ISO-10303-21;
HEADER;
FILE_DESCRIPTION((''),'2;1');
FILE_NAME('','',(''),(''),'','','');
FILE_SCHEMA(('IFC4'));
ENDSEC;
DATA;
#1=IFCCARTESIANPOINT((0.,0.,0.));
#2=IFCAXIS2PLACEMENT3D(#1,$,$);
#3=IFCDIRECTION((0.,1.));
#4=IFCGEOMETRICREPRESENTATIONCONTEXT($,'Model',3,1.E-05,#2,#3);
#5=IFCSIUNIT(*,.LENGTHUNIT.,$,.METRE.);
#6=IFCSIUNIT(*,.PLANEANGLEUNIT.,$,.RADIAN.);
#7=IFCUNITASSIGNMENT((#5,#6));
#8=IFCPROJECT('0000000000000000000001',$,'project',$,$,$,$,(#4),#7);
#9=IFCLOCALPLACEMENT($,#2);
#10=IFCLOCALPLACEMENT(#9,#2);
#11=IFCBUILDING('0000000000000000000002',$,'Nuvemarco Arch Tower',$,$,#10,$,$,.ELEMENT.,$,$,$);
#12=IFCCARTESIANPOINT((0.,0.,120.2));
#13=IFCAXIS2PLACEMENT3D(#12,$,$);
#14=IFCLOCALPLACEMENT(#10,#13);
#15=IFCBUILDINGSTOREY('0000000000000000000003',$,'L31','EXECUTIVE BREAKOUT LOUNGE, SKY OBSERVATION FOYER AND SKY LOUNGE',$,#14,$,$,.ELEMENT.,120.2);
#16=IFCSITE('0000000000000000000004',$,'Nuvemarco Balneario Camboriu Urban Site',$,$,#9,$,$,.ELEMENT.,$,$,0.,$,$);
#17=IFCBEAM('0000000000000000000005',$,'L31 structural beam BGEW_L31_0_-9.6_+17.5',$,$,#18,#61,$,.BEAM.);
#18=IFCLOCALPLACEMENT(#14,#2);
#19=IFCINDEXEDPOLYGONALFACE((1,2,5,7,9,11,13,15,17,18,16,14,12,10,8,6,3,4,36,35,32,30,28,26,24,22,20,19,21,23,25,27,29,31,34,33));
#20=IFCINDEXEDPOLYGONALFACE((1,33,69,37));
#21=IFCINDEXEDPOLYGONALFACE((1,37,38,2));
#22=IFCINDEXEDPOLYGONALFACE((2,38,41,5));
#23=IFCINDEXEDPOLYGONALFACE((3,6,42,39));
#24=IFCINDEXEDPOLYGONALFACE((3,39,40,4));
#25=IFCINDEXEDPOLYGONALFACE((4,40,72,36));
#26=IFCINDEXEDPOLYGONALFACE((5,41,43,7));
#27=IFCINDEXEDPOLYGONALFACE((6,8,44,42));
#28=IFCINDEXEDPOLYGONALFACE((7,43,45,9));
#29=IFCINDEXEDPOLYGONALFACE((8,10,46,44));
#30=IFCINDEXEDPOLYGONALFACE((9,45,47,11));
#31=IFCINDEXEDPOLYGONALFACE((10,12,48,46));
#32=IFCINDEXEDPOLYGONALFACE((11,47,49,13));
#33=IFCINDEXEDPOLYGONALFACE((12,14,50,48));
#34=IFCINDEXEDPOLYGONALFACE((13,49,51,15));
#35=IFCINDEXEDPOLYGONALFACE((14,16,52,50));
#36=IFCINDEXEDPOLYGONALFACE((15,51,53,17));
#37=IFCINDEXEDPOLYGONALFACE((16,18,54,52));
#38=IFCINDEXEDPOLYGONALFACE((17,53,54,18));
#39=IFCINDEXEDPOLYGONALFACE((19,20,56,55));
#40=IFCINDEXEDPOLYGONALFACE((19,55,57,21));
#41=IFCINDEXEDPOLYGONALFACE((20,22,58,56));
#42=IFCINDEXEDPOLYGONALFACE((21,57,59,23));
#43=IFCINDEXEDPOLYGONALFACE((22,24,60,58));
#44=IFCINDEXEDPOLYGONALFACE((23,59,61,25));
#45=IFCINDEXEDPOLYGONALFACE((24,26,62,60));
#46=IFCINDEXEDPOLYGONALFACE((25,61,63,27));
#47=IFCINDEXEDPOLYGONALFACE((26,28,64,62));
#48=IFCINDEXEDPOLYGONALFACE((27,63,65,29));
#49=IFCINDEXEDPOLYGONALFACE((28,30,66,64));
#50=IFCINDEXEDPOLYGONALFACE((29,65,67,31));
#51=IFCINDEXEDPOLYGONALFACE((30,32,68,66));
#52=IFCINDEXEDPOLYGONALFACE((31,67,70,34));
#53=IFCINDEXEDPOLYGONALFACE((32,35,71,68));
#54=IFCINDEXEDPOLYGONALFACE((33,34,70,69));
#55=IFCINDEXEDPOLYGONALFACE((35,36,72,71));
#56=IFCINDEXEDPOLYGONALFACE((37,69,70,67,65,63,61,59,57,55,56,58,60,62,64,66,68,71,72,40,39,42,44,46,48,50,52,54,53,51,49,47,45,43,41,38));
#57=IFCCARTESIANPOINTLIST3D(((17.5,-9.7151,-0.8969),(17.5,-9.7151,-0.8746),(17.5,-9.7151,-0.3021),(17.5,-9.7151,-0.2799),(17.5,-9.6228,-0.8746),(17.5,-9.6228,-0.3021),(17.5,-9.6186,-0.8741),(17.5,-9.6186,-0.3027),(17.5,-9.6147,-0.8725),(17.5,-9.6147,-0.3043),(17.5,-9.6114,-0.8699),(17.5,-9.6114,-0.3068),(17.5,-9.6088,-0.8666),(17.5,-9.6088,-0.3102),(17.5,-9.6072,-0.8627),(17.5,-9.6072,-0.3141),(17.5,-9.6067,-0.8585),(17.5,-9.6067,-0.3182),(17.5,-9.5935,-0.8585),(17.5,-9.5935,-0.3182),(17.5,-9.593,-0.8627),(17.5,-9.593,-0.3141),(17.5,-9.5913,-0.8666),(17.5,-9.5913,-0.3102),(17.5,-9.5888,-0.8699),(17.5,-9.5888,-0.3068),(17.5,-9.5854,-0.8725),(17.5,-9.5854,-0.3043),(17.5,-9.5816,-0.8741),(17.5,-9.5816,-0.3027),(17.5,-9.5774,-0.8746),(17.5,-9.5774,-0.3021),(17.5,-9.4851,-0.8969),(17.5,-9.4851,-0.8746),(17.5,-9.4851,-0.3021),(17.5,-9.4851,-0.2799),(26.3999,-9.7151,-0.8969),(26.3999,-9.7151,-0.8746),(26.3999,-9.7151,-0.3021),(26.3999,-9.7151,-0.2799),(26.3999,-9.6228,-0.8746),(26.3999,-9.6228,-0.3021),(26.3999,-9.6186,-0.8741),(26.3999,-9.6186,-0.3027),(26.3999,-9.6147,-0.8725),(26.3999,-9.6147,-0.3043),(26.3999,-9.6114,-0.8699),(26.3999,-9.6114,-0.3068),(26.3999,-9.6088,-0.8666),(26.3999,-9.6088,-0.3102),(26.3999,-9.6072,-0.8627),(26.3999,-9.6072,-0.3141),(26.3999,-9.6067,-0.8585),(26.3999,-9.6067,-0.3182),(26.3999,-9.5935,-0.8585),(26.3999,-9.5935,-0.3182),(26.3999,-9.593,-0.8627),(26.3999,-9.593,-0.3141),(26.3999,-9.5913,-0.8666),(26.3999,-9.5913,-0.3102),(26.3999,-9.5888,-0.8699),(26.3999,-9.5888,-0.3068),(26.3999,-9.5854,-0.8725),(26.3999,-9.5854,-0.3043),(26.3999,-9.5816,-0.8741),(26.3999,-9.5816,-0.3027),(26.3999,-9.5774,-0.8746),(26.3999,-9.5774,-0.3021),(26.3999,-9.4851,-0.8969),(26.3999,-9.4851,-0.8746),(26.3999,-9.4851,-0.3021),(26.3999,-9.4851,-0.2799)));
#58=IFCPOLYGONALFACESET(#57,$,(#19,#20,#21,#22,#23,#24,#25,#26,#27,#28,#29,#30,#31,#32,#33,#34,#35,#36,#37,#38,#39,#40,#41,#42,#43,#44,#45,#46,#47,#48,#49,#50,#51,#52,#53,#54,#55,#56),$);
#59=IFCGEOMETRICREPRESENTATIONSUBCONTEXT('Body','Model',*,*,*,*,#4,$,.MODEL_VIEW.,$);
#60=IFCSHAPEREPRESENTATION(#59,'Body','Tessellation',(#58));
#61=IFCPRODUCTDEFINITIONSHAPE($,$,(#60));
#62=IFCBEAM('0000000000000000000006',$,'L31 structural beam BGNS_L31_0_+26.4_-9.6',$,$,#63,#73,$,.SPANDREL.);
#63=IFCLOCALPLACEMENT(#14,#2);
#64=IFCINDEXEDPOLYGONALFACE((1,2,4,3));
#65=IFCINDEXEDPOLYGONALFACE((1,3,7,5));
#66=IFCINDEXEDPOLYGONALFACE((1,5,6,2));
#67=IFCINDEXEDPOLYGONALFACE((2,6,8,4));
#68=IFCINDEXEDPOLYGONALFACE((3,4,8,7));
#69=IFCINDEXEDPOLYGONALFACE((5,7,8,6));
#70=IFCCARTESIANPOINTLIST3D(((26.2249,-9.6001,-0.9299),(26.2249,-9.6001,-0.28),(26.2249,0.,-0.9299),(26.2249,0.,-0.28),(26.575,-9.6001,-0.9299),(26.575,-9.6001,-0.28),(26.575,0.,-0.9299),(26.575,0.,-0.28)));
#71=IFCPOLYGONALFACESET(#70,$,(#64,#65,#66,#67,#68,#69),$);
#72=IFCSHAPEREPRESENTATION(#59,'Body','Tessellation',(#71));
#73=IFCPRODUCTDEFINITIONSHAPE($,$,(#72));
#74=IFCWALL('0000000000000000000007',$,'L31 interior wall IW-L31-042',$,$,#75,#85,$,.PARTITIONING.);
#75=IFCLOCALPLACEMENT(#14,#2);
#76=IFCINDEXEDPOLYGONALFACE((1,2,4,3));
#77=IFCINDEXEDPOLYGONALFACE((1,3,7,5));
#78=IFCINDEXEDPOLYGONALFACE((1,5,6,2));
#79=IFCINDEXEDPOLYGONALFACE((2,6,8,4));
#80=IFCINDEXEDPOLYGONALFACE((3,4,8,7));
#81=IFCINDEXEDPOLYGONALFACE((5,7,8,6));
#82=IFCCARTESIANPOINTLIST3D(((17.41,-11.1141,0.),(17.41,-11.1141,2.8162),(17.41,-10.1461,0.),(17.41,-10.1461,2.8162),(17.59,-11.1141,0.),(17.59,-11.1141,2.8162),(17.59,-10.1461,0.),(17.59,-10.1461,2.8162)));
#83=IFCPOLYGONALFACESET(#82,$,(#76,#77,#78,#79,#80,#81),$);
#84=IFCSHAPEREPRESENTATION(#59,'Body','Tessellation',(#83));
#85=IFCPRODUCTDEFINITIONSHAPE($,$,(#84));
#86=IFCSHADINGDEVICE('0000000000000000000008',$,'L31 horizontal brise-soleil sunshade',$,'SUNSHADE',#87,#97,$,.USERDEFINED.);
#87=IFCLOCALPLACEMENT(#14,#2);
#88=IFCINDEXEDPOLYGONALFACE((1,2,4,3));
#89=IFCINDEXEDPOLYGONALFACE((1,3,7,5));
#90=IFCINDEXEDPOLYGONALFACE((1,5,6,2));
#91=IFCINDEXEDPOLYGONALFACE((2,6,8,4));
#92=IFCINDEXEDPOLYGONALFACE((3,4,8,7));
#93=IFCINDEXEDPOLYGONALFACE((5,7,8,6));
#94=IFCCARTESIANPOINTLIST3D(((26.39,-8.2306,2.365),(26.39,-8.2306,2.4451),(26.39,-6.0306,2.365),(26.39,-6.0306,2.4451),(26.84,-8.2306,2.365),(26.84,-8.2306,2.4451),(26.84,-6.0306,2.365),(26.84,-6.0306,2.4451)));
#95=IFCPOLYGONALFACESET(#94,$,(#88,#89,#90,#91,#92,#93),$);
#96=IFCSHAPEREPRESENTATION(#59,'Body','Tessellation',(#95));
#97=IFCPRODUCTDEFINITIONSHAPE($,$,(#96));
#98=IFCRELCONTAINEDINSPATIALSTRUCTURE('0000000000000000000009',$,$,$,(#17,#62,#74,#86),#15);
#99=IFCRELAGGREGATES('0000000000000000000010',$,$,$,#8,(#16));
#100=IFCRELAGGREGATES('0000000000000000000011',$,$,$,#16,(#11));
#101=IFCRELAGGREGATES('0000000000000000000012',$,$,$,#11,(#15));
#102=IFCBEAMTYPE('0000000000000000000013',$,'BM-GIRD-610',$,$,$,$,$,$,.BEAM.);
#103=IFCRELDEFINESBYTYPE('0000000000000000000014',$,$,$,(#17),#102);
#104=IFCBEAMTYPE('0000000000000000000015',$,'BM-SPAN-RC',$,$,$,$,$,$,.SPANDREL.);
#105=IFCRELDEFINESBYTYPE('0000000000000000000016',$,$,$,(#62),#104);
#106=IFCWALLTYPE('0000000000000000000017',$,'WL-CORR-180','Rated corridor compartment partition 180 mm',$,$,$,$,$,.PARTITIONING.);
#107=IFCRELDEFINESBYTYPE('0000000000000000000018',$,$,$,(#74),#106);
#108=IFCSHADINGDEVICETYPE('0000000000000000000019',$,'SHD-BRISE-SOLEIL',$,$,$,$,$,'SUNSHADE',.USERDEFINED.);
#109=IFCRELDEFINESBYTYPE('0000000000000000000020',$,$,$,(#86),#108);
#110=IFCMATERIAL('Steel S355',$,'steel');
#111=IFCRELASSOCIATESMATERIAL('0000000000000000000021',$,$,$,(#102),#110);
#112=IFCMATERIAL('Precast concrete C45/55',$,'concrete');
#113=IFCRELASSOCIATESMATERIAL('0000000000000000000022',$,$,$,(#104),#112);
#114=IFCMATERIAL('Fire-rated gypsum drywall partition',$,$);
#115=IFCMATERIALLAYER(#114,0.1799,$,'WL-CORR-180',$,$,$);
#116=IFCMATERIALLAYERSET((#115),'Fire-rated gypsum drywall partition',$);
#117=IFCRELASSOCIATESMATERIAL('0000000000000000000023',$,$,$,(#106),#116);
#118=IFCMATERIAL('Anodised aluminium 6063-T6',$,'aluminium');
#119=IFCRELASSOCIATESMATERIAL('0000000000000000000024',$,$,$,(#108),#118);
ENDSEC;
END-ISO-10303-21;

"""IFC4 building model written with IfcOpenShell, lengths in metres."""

from ifc_helpers import new_model, si_unit, direction, frame, frame_2d, origin, origin_2d, place, context, subcontext, project, spatial, rectangle, i_section, extrude, source, transform, mapped, material, layer, layer_set, material_profile, profile_set, type_object, type_shapes, element, save


model = new_model("IFC4")

# Units and contexts
model_context = context("Model", 3, precision=1e-05, world=origin(), true_north=direction((0.0, 1.0)))
body_context = subcontext(model_context, "Body", "Model", "MODEL_VIEW")
ifc_project = project(units=[si_unit("LENGTHUNIT", "METRE"), si_unit("PLANEANGLEUNIT", "RADIAN")], contexts=[model_context])

# Site, building, storey
site_placement = place(None, origin())
site = spatial("IfcSite", under=ifc_project, at=site_placement, Name="Nuvemarco Balneario Camboriu Urban Site", CompositionType="ELEMENT", RefElevation=0.0)
building_placement = place(site_placement, origin())
building = spatial("IfcBuilding", under=site, at=building_placement, Name="Nuvemarco Arch Tower", CompositionType="ELEMENT")
storey_placement = place(building_placement, frame((0.0, 0.0, 120.2)))
storey = spatial("IfcBuildingStorey", under=building, at=storey_placement, Name="L31", Description="EXECUTIVE BREAKOUT LOUNGE, SKY OBSERVATION FOYER AND SKY LOUNGE", CompositionType="ELEMENT", Elevation=120.2)

# Shared definitions
ifc_material_1 = material(Name="Steel S355", Category="steel")

# Beams
ifc_material_profile_1 = material_profile(ifc_material_1, i_section(OverallWidth=0.23, OverallDepth=0.6169, WebThickness=0.0132, FlangeThickness=0.0222, FilletRadius=0.0161, at=origin_2d()), Name="W610x140")
ifc_profile_set_1 = profile_set([ifc_material_profile_1], Name="Steel S355")
beam_type_1 = type_object("IfcBeamType", Name="BM-GIRD-610", PredefinedType="BEAM", material=ifc_profile_set_1)
beam_1_placement = place(storey_placement, frame((17.5, -9.6001, -0.5884), z_axis=(1.0, 0.0, 0.0), x_axis=(0.0, 1.0, 0.0)))
element("IfcBeam", 1, at=beam_1_placement, inside=storey, type_object=beam_type_1, Name="L31 structural beam BGEW_L31_0_-9.6_+17.5", PredefinedType="BEAM", context=body_context, shape_type="SweptSolid", body=[
    extrude(i_section(OverallWidth=0.23, OverallDepth=0.6169, WebThickness=0.0132, FlangeThickness=0.0222, FilletRadius=0.0161, at=origin_2d()), origin(), (0.0, 0.0, 1.0), 8.8999),
])
ifc_material_2 = material(Name="Precast concrete C45/55", Category="concrete")
ifc_material_profile_2 = material_profile(ifc_material_2, rectangle(XDim=0.3501, YDim=0.6499, at=origin_2d()), Name="PC-SP-350x650")
ifc_profile_set_2 = profile_set([ifc_material_profile_2], Name="Precast concrete C45/55")
beam_type_2 = type_object("IfcBeamType", Name="BM-SPAN-RC", PredefinedType="SPANDREL", material=ifc_profile_set_2)
beam_2_placement = place(storey_placement, frame((26.3999, -9.6001, -0.605), z_axis=(0.0, 1.0, 0.0), x_axis=(-1.0, 0.0, 0.0)))
element("IfcBeam", 2, at=beam_2_placement, inside=storey, type_object=beam_type_2, Name="L31 structural beam BGNS_L31_0_+26.4_-9.6", PredefinedType="SPANDREL", context=body_context, shape_type="SweptSolid", body=[
    extrude(rectangle(XDim=0.3501, YDim=0.6499, at=origin_2d()), origin(), (0.0, 0.0, 1.0), 9.6001),
])

# Shared definitions
ifc_material_3 = material(Name="Anodised aluminium 6063-T6", Category="aluminium")

# Wall
ifc_material_4 = material(Name="Fire-rated gypsum drywall partition")
ifc_layer_1 = layer(ifc_material_4, 0.1799, Name="WL-CORR-180")
ifc_layer_set_1 = layer_set([ifc_layer_1], Name="Fire-rated gypsum drywall partition")
wall_type = type_object("IfcWallType", Name="WL-CORR-180", Description="Rated corridor compartment partition 180 mm", PredefinedType="PARTITIONING", material=ifc_layer_set_1)
wall_placement = place(storey_placement, frame((17.5, -11.114, 0.0), z_axis=(0.0, 0.0, 1.0), x_axis=(0.0, 1.0, 0.0)))
element("IfcWall", 3, at=wall_placement, inside=storey, type_object=wall_type, Name="L31 interior wall IW-L31-042", PredefinedType="PARTITIONING", context=body_context, shape_type="SweptSolid", body=[
    extrude(rectangle(XDim=0.968, YDim=0.1799, at=frame_2d((0.4839, 0.0))), origin(), (0.0, 0.0, 1.0), 2.8162),
])

# Shading device
shading_device_type = type_object("IfcShadingDeviceType", Name="SHD-BRISE-SOLEIL", ElementType="SUNSHADE", PredefinedType="USERDEFINED", material=ifc_material_3)
shared_shape_1 = source(origin(), body_context, "Body", "SweptSolid", [
    extrude(rectangle(XDim=2.2, YDim=0.45, at=origin_2d()), origin(), (0.0, 0.0, 1.0), 0.0801),
])
type_shapes(shading_device_type, [shared_shape_1])
shading_device_placement = place(storey_placement, frame((26.615, -7.1306, 2.365), z_axis=(0.0, 0.0, 1.0), x_axis=(0.0, 1.0, 0.0)))
element("IfcShadingDevice", 4, at=shading_device_placement, inside=storey, type_object=shading_device_type, Name="L31 horizontal brise-soleil sunshade", ObjectType="SUNSHADE", PredefinedType="USERDEFINED", context=body_context, shape_type="MappedRepresentation", body=[
    mapped(shared_shape_1, transform((0.0, 0.0, 0.0), scale=1.0)),
])

save(model, "model.ifc")
